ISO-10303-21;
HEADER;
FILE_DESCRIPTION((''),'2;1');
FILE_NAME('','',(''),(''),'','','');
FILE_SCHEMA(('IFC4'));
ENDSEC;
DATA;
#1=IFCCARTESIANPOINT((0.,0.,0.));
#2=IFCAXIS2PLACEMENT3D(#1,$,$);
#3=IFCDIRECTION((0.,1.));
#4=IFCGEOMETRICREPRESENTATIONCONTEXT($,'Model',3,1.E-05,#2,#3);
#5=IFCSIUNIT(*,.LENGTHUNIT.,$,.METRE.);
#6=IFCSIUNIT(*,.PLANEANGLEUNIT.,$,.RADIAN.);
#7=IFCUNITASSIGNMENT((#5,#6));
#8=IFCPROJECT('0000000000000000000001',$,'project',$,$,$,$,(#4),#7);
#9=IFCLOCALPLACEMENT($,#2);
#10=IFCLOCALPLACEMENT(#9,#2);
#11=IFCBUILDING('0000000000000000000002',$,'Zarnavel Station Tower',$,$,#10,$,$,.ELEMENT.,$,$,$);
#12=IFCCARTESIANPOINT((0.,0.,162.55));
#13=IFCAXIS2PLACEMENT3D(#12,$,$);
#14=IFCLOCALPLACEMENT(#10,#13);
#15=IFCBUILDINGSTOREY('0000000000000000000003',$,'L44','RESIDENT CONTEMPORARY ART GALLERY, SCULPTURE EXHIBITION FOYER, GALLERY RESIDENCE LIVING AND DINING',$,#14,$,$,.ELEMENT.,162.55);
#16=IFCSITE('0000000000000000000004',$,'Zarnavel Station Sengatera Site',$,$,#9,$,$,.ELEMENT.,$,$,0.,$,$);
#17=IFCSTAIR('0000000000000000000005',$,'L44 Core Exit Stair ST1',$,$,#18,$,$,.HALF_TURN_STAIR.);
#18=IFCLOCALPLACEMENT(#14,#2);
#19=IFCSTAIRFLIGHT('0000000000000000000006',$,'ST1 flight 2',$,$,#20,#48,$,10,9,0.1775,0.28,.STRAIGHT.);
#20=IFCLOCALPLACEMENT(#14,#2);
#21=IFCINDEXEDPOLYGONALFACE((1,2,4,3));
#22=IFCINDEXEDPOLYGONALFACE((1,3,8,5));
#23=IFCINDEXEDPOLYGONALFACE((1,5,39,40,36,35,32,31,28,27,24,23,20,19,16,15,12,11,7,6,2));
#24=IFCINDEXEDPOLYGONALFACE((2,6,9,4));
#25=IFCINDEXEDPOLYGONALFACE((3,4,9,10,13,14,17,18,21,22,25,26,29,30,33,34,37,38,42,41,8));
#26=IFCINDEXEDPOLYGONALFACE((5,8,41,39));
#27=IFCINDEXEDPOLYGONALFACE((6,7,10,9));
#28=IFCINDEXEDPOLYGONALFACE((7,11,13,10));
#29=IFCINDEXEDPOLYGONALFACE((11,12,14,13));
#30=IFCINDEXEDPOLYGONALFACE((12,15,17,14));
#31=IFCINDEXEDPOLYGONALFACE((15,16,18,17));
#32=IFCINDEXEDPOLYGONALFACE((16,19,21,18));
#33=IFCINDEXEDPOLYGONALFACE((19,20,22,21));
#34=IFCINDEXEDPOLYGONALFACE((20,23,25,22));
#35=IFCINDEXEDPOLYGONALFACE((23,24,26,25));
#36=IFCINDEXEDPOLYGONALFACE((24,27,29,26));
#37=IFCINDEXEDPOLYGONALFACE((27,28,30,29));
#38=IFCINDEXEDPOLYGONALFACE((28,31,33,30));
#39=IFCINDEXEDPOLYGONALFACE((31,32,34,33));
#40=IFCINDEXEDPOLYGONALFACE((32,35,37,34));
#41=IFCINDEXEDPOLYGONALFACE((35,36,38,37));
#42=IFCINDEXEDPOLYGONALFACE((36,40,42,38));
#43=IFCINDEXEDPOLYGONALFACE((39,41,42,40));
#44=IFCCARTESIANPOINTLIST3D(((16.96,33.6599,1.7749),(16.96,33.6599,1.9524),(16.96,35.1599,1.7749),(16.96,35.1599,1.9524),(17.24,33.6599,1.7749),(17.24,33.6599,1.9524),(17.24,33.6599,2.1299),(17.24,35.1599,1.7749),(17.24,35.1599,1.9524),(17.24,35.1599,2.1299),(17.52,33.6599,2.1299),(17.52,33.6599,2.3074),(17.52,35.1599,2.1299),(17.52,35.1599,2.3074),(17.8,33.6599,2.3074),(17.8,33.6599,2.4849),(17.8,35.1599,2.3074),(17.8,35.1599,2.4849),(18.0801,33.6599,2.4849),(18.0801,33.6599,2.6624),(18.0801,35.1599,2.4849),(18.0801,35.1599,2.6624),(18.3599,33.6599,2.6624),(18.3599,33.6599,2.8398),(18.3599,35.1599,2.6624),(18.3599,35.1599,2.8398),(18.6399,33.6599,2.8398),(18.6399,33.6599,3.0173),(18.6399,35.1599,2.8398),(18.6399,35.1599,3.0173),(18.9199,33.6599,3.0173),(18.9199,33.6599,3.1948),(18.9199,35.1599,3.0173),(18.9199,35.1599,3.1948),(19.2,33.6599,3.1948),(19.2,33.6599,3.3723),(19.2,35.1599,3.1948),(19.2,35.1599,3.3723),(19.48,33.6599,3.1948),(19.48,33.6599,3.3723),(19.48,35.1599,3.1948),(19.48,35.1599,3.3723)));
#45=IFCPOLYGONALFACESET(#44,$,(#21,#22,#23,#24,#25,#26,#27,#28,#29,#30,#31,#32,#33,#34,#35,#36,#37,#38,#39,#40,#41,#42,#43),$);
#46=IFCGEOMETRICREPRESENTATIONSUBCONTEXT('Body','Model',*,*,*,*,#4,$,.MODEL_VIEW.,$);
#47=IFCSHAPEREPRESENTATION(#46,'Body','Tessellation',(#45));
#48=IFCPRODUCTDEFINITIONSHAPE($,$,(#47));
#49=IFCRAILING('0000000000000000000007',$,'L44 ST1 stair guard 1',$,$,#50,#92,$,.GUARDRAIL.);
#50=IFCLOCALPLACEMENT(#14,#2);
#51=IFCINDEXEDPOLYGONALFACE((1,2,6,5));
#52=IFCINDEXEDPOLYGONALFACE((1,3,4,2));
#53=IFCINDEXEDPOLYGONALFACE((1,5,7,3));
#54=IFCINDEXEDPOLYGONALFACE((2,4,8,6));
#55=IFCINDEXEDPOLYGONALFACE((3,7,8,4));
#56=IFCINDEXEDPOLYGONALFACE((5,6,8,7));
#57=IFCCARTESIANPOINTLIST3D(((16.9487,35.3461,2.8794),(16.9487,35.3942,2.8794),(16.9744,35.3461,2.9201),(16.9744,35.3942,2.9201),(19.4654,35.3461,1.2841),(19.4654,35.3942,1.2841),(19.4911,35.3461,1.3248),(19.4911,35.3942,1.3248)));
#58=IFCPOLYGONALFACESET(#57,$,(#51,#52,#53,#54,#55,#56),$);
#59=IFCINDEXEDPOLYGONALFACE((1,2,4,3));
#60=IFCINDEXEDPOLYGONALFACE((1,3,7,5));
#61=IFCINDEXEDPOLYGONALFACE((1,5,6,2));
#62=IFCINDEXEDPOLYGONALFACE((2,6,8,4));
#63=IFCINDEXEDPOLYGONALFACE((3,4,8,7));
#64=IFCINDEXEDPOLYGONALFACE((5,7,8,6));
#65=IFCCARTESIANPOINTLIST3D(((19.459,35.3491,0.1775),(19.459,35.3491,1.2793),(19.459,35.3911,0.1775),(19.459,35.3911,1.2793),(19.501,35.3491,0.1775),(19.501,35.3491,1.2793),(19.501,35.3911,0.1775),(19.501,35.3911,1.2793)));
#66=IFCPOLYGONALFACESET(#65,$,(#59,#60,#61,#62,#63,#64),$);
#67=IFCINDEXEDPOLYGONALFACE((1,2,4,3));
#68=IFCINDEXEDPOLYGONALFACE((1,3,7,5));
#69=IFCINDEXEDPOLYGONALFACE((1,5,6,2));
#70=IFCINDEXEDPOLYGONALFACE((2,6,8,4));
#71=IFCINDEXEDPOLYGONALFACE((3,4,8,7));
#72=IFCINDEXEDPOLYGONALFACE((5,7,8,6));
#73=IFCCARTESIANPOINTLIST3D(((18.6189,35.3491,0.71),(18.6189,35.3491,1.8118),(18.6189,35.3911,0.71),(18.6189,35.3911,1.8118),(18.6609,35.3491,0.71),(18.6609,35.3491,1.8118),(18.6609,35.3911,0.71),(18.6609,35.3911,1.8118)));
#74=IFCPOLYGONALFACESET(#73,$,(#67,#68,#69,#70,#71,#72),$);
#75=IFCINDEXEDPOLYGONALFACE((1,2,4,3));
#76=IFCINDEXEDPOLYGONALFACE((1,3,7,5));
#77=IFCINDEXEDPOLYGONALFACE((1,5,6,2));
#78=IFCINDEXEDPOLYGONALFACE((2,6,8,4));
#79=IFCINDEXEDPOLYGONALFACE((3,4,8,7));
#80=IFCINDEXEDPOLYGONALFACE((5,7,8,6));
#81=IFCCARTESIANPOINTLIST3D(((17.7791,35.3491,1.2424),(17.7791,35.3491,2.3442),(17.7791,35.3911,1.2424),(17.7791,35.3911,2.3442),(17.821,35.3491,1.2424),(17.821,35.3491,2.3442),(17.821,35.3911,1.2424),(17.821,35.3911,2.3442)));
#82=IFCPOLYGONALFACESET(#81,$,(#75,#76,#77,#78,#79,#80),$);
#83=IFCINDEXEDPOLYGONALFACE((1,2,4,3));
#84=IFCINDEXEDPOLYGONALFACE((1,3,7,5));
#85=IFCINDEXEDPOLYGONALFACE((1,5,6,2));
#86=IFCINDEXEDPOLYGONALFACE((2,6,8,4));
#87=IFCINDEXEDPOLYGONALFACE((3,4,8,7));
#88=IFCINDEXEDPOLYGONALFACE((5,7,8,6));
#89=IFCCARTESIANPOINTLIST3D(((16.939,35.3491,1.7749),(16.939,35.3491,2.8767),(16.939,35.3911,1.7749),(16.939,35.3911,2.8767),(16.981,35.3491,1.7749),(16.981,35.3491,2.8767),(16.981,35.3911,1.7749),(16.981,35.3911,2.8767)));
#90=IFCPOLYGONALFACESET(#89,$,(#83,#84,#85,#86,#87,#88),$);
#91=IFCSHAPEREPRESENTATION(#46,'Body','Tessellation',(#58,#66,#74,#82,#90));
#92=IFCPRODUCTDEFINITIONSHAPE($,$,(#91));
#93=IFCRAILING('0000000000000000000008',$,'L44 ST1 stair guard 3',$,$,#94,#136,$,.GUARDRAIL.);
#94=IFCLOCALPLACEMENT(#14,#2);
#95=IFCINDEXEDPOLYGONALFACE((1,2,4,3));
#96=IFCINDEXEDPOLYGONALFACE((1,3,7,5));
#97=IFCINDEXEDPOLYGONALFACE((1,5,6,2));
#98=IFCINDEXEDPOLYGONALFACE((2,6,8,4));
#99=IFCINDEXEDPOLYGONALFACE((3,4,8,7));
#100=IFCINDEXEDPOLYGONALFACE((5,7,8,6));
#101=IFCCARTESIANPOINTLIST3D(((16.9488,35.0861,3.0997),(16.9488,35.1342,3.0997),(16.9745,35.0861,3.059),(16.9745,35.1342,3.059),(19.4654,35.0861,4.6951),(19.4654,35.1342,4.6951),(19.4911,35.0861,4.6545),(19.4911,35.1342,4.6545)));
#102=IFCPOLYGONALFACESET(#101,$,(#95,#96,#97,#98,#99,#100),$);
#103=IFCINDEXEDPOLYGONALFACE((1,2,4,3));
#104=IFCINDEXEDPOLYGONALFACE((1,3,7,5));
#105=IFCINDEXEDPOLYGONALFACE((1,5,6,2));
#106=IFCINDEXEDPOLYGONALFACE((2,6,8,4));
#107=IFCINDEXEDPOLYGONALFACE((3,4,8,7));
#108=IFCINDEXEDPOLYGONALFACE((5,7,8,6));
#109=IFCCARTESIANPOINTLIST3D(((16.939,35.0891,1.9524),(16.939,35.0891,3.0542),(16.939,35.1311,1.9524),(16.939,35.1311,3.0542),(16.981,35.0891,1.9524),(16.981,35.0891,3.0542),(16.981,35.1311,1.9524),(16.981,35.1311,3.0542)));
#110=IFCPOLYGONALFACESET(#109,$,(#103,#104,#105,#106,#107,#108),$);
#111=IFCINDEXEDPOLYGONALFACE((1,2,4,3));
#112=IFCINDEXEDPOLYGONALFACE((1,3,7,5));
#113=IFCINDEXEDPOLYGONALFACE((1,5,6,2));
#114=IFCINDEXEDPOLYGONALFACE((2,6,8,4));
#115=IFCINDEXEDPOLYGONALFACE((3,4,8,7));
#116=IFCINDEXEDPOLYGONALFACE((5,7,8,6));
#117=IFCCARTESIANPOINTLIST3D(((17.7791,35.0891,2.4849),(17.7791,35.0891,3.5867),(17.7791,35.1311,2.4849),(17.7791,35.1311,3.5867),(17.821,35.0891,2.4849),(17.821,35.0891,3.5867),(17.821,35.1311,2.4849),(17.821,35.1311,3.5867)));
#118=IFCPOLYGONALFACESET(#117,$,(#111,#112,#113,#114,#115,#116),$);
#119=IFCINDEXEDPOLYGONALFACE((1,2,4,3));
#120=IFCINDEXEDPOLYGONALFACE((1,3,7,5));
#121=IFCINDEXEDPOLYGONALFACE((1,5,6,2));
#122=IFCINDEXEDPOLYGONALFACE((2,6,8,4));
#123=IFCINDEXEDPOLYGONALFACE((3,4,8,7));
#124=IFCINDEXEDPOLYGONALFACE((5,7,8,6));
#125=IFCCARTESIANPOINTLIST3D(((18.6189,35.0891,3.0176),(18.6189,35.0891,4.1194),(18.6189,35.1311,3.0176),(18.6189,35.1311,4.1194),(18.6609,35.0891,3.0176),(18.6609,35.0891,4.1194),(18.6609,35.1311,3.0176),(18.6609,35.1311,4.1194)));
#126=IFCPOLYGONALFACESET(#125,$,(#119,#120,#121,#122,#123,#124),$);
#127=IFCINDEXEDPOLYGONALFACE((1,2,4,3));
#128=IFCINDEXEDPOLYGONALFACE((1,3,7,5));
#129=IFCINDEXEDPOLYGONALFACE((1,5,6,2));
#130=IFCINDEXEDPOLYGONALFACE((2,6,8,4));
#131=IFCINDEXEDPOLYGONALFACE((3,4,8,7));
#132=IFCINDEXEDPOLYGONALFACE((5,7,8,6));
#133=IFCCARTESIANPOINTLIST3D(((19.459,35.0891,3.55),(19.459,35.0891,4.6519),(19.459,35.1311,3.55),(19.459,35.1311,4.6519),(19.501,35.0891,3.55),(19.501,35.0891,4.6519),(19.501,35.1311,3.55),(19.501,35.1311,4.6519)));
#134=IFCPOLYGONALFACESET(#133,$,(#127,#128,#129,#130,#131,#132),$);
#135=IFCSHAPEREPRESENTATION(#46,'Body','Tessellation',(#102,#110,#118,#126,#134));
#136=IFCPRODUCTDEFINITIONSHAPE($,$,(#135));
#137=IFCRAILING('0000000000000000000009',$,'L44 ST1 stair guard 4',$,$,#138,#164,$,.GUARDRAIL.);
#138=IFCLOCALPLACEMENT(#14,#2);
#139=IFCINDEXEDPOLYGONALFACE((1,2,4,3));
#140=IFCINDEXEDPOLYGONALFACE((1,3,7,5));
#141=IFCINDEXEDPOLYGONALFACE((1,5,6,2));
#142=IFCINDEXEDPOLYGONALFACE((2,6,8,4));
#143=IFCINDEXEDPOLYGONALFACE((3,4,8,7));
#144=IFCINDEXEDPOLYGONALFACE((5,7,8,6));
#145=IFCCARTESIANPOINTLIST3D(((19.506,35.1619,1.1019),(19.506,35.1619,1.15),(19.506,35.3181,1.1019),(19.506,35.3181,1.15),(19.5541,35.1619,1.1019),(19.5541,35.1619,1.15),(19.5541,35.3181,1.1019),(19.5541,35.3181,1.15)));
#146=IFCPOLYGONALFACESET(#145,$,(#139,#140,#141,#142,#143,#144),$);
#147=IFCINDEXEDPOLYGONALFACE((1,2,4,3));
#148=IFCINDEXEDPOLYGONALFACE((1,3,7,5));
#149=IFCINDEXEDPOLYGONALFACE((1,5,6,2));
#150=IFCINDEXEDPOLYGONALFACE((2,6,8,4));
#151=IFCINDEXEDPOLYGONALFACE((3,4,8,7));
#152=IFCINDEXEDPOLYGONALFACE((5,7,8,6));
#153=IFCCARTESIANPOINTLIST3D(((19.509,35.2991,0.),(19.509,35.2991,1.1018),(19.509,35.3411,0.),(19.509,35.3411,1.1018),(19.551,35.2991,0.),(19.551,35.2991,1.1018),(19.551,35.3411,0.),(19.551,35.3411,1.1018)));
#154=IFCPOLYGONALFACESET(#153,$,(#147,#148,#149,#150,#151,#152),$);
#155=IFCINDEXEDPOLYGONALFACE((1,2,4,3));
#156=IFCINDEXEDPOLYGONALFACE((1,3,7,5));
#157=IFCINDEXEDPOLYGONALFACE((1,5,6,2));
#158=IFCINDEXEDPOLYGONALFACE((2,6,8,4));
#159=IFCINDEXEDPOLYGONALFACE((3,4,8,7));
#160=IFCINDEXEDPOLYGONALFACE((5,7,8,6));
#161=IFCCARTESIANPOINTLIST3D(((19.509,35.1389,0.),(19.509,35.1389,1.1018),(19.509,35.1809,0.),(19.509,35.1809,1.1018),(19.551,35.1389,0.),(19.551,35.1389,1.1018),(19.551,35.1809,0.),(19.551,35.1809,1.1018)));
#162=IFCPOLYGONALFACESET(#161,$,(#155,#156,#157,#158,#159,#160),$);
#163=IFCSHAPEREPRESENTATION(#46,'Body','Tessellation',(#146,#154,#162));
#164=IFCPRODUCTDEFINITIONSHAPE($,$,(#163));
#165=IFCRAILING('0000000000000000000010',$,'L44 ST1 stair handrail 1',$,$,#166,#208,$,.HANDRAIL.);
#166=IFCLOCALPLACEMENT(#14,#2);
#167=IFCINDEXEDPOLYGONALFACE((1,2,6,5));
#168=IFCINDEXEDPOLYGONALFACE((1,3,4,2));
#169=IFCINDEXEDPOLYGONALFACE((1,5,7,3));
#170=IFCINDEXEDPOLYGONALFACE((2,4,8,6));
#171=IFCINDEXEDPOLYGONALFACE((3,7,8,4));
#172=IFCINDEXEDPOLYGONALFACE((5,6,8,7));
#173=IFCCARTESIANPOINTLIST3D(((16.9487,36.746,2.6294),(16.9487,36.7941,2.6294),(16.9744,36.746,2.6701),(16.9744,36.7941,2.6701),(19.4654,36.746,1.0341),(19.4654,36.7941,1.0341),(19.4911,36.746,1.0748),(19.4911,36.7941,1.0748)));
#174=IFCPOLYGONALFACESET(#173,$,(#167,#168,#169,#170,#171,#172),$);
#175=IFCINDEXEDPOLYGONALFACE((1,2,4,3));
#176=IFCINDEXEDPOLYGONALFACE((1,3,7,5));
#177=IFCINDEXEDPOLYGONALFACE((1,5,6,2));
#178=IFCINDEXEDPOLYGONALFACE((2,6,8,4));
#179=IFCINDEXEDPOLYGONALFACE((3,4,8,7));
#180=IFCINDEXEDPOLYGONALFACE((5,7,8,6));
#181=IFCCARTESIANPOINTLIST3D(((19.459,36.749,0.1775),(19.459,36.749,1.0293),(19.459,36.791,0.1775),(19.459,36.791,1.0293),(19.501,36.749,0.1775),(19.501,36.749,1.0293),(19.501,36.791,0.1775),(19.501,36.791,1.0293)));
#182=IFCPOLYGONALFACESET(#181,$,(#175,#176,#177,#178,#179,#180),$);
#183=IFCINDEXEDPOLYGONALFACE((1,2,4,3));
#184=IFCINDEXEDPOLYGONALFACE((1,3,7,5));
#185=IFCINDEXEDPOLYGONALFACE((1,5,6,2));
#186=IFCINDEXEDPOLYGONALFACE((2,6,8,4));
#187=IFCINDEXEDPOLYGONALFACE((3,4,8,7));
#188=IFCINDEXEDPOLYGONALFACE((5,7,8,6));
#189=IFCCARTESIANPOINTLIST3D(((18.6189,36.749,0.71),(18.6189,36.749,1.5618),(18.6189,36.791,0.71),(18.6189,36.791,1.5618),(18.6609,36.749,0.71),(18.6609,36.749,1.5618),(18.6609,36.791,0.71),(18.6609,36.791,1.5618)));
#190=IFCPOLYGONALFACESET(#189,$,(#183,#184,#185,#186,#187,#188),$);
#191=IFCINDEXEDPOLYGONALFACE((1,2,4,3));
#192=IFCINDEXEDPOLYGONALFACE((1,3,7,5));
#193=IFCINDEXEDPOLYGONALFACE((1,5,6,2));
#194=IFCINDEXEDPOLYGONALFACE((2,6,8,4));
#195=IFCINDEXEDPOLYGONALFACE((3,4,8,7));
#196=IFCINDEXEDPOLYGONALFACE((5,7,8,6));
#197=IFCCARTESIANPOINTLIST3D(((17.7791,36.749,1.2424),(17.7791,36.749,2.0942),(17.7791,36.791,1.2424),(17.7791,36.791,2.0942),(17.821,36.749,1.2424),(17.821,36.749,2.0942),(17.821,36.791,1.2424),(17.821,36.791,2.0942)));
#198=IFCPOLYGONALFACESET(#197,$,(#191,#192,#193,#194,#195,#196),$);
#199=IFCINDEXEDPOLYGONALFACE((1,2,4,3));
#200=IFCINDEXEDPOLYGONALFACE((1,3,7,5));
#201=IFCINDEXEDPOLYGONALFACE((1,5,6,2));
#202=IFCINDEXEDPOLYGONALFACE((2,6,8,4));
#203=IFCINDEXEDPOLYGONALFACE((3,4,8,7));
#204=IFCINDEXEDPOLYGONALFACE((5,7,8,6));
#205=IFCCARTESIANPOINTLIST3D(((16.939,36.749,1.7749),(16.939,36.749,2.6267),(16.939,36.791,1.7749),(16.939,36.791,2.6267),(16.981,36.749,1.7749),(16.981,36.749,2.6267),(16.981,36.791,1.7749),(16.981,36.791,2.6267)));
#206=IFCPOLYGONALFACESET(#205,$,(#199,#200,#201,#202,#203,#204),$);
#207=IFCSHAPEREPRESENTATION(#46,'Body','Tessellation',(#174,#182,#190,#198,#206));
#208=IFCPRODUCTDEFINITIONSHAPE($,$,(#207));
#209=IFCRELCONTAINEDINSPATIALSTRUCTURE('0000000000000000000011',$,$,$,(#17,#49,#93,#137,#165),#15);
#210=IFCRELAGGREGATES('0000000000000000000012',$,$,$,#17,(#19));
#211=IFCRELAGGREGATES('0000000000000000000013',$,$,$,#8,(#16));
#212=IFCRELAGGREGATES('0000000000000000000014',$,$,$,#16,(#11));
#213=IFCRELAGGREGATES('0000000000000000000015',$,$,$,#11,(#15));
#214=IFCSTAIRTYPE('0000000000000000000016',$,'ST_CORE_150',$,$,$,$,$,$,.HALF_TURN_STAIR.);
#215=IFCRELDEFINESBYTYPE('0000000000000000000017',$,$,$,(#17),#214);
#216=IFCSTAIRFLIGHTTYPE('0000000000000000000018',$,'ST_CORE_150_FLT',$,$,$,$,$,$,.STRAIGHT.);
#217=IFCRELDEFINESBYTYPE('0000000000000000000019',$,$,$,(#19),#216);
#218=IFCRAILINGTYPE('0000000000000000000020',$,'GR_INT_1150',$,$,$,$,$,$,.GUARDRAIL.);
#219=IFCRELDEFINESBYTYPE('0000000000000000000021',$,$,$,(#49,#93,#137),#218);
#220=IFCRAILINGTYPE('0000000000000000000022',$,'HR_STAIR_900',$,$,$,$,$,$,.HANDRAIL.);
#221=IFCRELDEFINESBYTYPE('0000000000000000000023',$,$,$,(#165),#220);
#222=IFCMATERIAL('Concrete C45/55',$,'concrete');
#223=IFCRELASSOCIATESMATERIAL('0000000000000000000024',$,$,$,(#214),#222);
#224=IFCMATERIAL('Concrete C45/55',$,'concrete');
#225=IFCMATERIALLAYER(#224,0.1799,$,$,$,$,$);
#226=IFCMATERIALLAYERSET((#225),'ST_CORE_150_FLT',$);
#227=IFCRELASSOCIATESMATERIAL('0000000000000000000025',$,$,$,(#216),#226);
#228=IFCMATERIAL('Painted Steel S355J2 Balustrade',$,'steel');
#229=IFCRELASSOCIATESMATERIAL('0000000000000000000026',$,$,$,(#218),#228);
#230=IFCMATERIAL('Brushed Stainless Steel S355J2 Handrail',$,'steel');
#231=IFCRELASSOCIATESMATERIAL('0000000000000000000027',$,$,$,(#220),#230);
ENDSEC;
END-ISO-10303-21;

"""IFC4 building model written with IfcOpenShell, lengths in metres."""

from ifc_helpers import new_model, si_unit, direction, frame, origin, origin_2d, place, context, subcontext, project, spatial, polyline, rectangle, outline, extrude, material, layer, layer_set, type_object, element, aggregate, save


model = new_model("IFC4")

# Units and contexts
model_context = context("Model", 3, precision=1e-05, world=origin(), true_north=direction((0.0, 1.0)))
body_context = subcontext(model_context, "Body", "Model", "MODEL_VIEW")
ifc_project = project(units=[si_unit("LENGTHUNIT", "METRE"), si_unit("PLANEANGLEUNIT", "RADIAN")], contexts=[model_context])

# Site, building, storey
site_placement = place(None, origin())
site = spatial("IfcSite", under=ifc_project, at=site_placement, Name="Zarnavel Station Sengatera Site", CompositionType="ELEMENT", RefElevation=0.0)
building_placement = place(site_placement, origin())
building = spatial("IfcBuilding", under=site, at=building_placement, Name="Zarnavel Station Tower", CompositionType="ELEMENT")
storey_placement = place(building_placement, frame((0.0, 0.0, 162.55)))
storey = spatial("IfcBuildingStorey", under=building, at=storey_placement, Name="L44", Description="RESIDENT CONTEMPORARY ART GALLERY, SCULPTURE EXHIBITION FOYER, GALLERY RESIDENCE LIVING AND DINING", CompositionType="ELEMENT", Elevation=162.55)

# Stair, stair flight
ifc_material_1 = material(Name="Concrete C45/55", Category="concrete")
stair_type = type_object("IfcStairType", Name="ST_CORE_150", PredefinedType="HALF_TURN_STAIR", material=ifc_material_1)
stair_placement = place(storey_placement, origin())
stair = element("IfcStair", 1, at=stair_placement, inside=storey, type_object=stair_type, Name="L44 Core Exit Stair ST1", PredefinedType="HALF_TURN_STAIR")
ifc_material_2 = material(Name="Concrete C45/55", Category="concrete")
ifc_layer_1 = layer(ifc_material_2, 0.1799)
ifc_layer_set_1 = layer_set([ifc_layer_1], Name="ST_CORE_150_FLT")
stair_flight_type = type_object("IfcStairFlightType", Name="ST_CORE_150_FLT", PredefinedType="STRAIGHT", material=ifc_layer_set_1)
stair_flight_1_placement = place(storey_placement, frame((16.96, 34.4099, 1.7749), z_axis=(0.0, 0.0, 1.0), x_axis=(1.0, 0.0, 0.0)))
stair_flight_1 = element("IfcStairFlight", 2, at=stair_flight_1_placement, type_object=stair_flight_type, Name="ST1 flight 2", NumberOfRisers=10, NumberOfTreads=9, PredefinedType="STRAIGHT", RiserHeight=0.1775, TreadLength=0.28, context=body_context, shape_type="SweptSolid", body=[
    extrude(outline(polyline([(0.0, 0.0), (0.0, 0.1775), (0.28, 0.1775), (0.28, 0.355), (0.5601, 0.355), (0.5601, 0.5325), (0.8401, 0.5325), (0.8401, 0.71), (1.1201, 0.71), (1.1201, 0.8875), (1.3999, 0.8875), (1.3999, 1.0649), (1.6799, 1.0649), (1.6799, 1.2424), (1.96, 1.2424), (1.96, 1.4199), (2.24, 1.4199), (2.24, 1.5974), (2.52, 1.5974), (2.52, 1.7749), (2.52, 1.4199), (0.28, 0.0), (0.0, 0.0)])), frame((0.0, 0.75, 0.0), z_axis=(0.0, -1.0, 0.0), x_axis=(1.0, 0.0, 0.0)), (0.0, 0.0, 1.0), 1.5),
])
aggregate(stair, [stair_flight_1])

# Railings
ifc_material_3 = material(Name="Painted Steel S355J2 Balustrade", Category="steel")
railing_type_1 = type_object("IfcRailingType", Name="GR_INT_1150", PredefinedType="GUARDRAIL", material=ifc_material_3)
railing_1_placement = place(storey_placement, frame((19.48, 35.3701, 0.1775)))
element("IfcRailing", 3, at=railing_1_placement, inside=storey, type_object=railing_type_1, Name="L44 ST1 stair guard 1", PredefinedType="GUARDRAIL", context=body_context, shape_type="SweptSolid", body=[
    extrude(rectangle(XDim=0.0481, YDim=0.0481, at=origin_2d()), frame((-0.0017, 0.0, 1.127), z_axis=(-0.844607, 0.0, 0.535387), x_axis=(0.0, -1.0, 0.0)), (0.0, 0.0, 1.0), 2.9797),
    extrude(rectangle(XDim=0.042, YDim=0.042, at=origin_2d()), origin(), (0.0, 0.0, 1.0), 1.1018),
    extrude(rectangle(XDim=0.042, YDim=0.042, at=origin_2d()), frame((-0.8401, 0.0, 0.5325)), (0.0, 0.0, 1.0), 1.1018),
    extrude(rectangle(XDim=0.042, YDim=0.042, at=origin_2d()), frame((-1.6799, 0.0, 1.0649)), (0.0, 0.0, 1.0), 1.1018),
    extrude(rectangle(XDim=0.042, YDim=0.042, at=origin_2d()), frame((-2.52, 0.0, 1.5974)), (0.0, 0.0, 1.0), 1.1018),
])
railing_2_placement = place(storey_placement, frame((16.96, 35.1101, 1.9524)))
element("IfcRailing", 4, at=railing_2_placement, inside=storey, type_object=railing_type_1, Name="L44 ST1 stair guard 3", PredefinedType="GUARDRAIL", context=body_context, shape_type="SweptSolid", body=[
    extrude(rectangle(XDim=0.0481, YDim=0.0481, at=origin_2d()), frame((0.0017, 0.0, 1.127), z_axis=(0.84457, 0.0, 0.535445), x_axis=(0.0, 1.0, 0.0)), (0.0, 0.0, 1.0), 2.9797),
    extrude(rectangle(XDim=0.042, YDim=0.042, at=origin_2d()), origin(), (0.0, 0.0, 1.0), 1.1018),
    extrude(rectangle(XDim=0.042, YDim=0.042, at=origin_2d()), frame((0.8401, 0.0, 0.5325)), (0.0, 0.0, 1.0), 1.1018),
    extrude(rectangle(XDim=0.042, YDim=0.042, at=origin_2d()), frame((1.6799, 0.0, 1.0652)), (0.0, 0.0, 1.0), 1.1018),
    extrude(rectangle(XDim=0.042, YDim=0.042, at=origin_2d()), frame((2.52, 0.0, 1.5977)), (0.0, 0.0, 1.0), 1.1018),
])
railing_3_placement = place(storey_placement, frame((19.53, 35.3201, 0.0)))
element("IfcRailing", 5, at=railing_3_placement, inside=storey, type_object=railing_type_1, Name="L44 ST1 stair guard 4", PredefinedType="GUARDRAIL", context=body_context, shape_type="SweptSolid", body=[
    extrude(rectangle(XDim=0.0481, YDim=0.0481, at=origin_2d()), frame((0.0, -0.002, 1.126), z_axis=(0.0, -1.0, 0.0), x_axis=(1.0, 0.0, 0.0)), (0.0, 0.0, 1.0), 0.1562),
    extrude(rectangle(XDim=0.042, YDim=0.042, at=origin_2d()), origin(), (0.0, 0.0, 1.0), 1.1018),
    extrude(rectangle(XDim=0.042, YDim=0.042, at=origin_2d()), frame((0.0, -0.1602, 0.0)), (0.0, 0.0, 1.0), 1.1018),
])
ifc_material_4 = material(Name="Brushed Stainless Steel S355J2 Handrail", Category="steel")
railing_type_2 = type_object("IfcRailingType", Name="HR_STAIR_900", PredefinedType="HANDRAIL", material=ifc_material_4)
railing_4_placement = place(storey_placement, frame((19.48, 36.77, 0.1775)))
element("IfcRailing", 6, at=railing_4_placement, inside=storey, type_object=railing_type_2, Name="L44 ST1 stair handrail 1", PredefinedType="HANDRAIL", context=body_context, shape_type="SweptSolid", body=[
    extrude(rectangle(XDim=0.0481, YDim=0.0481, at=origin_2d()), frame((-0.0017, 0.0, 0.877), z_axis=(-0.844607, 0.0, 0.535387), x_axis=(0.0, -1.0, 0.0)), (0.0, 0.0, 1.0), 2.9797),
    extrude(rectangle(XDim=0.042, YDim=0.042, at=origin_2d()), origin(), (0.0, 0.0, 1.0), 0.8518),
    extrude(rectangle(XDim=0.042, YDim=0.042, at=origin_2d()), frame((-0.8401, 0.0, 0.5325)), (0.0, 0.0, 1.0), 0.8518),
    extrude(rectangle(XDim=0.042, YDim=0.042, at=origin_2d()), frame((-1.6799, 0.0, 1.0649)), (0.0, 0.0, 1.0), 0.8518),
    extrude(rectangle(XDim=0.042, YDim=0.042, at=origin_2d()), frame((-2.52, 0.0, 1.5974)), (0.0, 0.0, 1.0), 0.8518),
])

save(model, "model.ifc")
